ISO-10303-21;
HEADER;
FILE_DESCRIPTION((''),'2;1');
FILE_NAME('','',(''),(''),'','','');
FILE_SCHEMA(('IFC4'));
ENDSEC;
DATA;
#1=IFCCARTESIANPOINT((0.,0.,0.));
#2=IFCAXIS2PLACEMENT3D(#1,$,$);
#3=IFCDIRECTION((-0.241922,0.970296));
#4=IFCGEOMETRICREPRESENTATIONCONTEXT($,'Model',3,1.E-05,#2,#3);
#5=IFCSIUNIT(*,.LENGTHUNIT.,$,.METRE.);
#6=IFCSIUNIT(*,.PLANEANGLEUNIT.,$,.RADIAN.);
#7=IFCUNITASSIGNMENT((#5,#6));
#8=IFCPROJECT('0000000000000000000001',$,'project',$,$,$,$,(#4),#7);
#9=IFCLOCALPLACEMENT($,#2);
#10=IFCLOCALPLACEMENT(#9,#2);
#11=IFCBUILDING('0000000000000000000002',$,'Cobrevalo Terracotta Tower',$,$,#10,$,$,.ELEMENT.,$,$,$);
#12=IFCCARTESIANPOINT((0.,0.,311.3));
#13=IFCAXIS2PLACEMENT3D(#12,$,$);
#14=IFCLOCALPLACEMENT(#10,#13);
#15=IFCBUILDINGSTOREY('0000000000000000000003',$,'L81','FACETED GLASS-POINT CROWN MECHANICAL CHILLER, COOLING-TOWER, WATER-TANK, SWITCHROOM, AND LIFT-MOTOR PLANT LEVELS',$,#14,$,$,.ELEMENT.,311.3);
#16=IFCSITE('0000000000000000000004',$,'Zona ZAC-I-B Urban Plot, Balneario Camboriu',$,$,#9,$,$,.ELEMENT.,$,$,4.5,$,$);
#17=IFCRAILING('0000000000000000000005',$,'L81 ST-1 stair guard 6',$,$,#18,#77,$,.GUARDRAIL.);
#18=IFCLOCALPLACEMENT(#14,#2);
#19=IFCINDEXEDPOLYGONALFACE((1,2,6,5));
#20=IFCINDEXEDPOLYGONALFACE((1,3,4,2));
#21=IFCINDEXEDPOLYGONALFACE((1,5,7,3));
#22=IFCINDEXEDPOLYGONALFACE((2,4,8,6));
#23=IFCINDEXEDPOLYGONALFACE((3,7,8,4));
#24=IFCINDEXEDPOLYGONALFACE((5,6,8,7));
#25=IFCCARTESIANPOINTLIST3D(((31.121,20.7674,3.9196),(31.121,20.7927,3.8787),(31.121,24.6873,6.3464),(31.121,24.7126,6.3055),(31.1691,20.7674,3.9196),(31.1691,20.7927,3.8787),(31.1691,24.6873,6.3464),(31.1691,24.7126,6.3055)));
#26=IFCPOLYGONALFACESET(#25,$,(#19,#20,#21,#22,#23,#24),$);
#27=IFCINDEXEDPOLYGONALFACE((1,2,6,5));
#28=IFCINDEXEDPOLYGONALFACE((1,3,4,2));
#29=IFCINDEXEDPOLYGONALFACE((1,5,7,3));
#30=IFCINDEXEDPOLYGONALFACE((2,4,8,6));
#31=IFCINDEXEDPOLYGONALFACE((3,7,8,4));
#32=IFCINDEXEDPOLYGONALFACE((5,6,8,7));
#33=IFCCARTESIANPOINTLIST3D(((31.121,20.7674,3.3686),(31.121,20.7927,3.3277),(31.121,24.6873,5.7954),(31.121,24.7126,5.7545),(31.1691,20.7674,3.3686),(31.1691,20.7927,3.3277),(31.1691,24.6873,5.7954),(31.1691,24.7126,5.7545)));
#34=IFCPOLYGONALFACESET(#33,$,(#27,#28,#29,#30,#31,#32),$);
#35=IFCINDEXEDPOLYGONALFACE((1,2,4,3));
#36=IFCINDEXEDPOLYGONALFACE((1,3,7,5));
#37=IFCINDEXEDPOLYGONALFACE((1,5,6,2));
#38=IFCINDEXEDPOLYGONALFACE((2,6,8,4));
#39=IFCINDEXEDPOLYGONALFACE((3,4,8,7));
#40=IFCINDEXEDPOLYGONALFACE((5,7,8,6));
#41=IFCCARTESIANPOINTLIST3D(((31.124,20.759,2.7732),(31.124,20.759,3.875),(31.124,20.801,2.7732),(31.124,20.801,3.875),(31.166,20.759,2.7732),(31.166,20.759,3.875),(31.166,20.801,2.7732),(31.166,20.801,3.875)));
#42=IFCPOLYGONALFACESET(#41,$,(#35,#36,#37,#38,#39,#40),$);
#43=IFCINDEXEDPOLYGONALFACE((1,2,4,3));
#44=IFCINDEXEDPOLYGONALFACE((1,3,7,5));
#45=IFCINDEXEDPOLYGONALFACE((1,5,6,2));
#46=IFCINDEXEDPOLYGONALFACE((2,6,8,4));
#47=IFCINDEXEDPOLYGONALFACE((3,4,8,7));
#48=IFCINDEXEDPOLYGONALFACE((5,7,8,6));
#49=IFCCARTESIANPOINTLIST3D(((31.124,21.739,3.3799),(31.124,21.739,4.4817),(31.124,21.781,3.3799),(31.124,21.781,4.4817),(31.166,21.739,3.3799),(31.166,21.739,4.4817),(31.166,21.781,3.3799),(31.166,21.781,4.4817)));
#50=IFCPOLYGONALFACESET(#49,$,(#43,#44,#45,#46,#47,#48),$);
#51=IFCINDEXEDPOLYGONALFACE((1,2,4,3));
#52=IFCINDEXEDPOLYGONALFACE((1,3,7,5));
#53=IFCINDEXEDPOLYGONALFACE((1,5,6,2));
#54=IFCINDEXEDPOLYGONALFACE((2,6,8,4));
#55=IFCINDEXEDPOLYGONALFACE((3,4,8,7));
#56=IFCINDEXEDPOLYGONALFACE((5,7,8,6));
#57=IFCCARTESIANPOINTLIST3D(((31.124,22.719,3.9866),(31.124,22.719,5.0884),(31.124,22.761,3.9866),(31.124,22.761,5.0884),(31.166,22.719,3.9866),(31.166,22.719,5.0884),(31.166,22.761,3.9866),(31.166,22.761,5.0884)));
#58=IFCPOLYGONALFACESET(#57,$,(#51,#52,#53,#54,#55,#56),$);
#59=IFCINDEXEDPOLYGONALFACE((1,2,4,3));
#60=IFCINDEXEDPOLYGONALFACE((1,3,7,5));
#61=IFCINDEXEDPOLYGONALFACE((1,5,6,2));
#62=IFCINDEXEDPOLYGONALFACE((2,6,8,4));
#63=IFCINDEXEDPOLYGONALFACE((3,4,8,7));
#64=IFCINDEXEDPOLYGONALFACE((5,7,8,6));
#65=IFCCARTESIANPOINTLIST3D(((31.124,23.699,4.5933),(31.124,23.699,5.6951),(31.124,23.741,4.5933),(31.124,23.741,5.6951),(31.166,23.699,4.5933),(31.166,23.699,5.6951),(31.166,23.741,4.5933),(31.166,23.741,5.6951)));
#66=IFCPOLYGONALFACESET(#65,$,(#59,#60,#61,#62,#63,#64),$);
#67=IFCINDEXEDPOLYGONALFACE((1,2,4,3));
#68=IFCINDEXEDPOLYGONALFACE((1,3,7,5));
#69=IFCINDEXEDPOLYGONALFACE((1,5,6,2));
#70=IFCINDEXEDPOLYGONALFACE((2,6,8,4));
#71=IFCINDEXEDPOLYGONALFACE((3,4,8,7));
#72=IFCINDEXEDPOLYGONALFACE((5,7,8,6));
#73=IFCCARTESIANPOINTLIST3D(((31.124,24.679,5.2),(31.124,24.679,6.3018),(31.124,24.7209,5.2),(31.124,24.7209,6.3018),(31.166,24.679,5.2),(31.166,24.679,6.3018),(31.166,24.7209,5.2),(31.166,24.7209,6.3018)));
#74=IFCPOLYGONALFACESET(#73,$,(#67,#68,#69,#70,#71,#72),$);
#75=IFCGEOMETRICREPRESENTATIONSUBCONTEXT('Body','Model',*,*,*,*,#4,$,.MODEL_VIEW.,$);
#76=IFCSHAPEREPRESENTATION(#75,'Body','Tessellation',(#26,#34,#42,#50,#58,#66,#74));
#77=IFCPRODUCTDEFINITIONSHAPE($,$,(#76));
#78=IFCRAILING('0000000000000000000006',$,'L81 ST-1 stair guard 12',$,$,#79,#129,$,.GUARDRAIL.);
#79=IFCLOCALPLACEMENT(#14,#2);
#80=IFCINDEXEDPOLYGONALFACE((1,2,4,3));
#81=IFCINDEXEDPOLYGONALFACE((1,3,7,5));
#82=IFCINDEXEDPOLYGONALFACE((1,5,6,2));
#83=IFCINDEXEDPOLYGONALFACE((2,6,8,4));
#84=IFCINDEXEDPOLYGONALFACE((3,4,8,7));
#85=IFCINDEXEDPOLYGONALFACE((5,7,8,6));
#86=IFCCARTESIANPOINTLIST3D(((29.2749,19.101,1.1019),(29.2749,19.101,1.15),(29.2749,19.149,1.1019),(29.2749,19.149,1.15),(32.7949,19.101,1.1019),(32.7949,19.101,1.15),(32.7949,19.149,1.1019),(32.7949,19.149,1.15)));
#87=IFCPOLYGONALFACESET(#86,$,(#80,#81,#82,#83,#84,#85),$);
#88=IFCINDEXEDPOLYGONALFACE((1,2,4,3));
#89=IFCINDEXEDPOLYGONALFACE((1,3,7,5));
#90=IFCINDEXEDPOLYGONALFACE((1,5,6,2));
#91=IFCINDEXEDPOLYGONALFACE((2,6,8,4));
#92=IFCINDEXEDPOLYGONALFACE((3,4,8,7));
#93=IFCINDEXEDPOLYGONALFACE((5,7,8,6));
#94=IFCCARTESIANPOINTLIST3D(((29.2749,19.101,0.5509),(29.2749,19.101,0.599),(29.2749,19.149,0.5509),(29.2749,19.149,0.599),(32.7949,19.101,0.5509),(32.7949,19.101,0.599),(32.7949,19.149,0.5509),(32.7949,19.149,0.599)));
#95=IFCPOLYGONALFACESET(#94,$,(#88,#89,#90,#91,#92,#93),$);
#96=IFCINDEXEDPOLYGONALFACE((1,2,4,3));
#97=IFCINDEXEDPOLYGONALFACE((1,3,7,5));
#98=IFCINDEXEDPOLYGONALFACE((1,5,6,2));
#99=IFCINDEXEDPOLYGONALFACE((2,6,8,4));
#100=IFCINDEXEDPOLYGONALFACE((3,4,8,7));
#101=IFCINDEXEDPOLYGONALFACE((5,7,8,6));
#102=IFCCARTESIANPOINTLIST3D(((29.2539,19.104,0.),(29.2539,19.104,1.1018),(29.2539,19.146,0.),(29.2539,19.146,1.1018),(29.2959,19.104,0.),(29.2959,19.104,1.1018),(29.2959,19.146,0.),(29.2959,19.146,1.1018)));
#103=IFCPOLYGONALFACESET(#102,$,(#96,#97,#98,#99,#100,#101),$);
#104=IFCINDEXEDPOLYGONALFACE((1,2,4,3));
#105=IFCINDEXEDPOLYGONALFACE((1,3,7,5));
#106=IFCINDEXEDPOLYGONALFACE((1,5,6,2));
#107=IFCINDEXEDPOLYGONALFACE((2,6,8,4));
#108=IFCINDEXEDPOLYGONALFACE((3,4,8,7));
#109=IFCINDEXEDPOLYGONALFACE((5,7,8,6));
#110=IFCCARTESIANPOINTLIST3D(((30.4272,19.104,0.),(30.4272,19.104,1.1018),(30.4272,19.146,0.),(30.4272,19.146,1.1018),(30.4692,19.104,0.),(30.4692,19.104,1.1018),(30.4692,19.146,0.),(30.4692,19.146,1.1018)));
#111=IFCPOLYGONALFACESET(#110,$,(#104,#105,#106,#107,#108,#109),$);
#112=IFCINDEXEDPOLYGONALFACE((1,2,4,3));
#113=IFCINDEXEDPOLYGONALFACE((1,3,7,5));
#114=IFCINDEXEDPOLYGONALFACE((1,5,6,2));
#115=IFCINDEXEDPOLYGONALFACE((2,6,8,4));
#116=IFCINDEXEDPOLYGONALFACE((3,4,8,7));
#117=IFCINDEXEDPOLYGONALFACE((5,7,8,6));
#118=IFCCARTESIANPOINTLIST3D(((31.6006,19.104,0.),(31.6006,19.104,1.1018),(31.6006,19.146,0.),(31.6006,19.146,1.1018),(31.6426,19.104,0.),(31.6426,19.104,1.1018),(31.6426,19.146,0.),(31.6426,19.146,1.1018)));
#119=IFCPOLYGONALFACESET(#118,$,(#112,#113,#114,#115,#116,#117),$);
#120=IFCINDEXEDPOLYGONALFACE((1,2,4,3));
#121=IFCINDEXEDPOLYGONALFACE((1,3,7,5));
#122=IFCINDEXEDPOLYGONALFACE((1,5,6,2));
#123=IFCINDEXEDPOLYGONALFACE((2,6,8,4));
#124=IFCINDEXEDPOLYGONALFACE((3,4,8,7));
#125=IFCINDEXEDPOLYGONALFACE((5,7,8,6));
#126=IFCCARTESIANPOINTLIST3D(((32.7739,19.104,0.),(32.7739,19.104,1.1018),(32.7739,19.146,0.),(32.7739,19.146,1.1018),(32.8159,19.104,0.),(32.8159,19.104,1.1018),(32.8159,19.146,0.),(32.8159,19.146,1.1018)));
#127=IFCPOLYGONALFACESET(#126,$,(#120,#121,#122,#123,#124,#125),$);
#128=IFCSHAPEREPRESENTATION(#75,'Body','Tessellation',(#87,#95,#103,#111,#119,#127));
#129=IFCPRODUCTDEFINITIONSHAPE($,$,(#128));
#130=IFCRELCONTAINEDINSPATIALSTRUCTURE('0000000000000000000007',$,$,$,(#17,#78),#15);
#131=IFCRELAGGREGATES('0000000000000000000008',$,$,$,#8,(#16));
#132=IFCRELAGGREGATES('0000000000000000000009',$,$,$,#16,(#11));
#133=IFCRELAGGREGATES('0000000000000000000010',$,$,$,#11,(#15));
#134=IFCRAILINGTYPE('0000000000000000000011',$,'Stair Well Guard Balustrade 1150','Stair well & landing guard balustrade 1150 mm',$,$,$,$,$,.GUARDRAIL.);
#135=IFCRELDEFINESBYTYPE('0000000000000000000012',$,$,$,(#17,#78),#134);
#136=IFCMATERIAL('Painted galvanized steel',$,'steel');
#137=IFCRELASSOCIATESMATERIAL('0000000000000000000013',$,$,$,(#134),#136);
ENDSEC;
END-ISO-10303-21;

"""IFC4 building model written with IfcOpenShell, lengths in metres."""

from ifc_helpers import new_model, si_unit, direction, frame, origin, origin_2d, place, context, subcontext, project, spatial, rectangle, extrude, material, type_object, element, save


model = new_model("IFC4")

# Units and contexts
model_context = context("Model", 3, precision=1e-05, world=origin(), true_north=direction((-0.241922, 0.970296)))
body_context = subcontext(model_context, "Body", "Model", "MODEL_VIEW")
ifc_project = project(units=[si_unit("LENGTHUNIT", "METRE"), si_unit("PLANEANGLEUNIT", "RADIAN")], contexts=[model_context])

# Site, building, storey
site_placement = place(None, origin())
site = spatial("IfcSite", under=ifc_project, at=site_placement, Name="Zona ZAC-I-B Urban Plot, Balneario Camboriu", CompositionType="ELEMENT", RefElevation=4.5)
building_placement = place(site_placement, origin())
building = spatial("IfcBuilding", under=site, at=building_placement, Name="Cobrevalo Terracotta Tower", CompositionType="ELEMENT")
storey_placement = place(building_placement, frame((0.0, 0.0, 311.3)))
storey = spatial("IfcBuildingStorey", under=building, at=storey_placement, Name="L81", Description="FACETED GLASS-POINT CROWN MECHANICAL CHILLER, COOLING-TOWER, WATER-TANK, SWITCHROOM, AND LIFT-MOTOR PLANT LEVELS", CompositionType="ELEMENT", Elevation=311.3)

# Railings
ifc_material_1 = material(Name="Painted galvanized steel", Category="steel")
railing_type_1 = type_object("IfcRailingType", Name="Stair Well Guard Balustrade 1150", Description="Stair well & landing guard balustrade 1150 mm", PredefinedType="GUARDRAIL", material=ifc_material_1)
railing_1_placement = place(storey_placement, frame((31.145, 20.78, 2.7732)))
element("IfcRailing", 1, at=railing_1_placement, inside=storey, type_object=railing_type_1, Name="L81 ST-1 stair guard 6", PredefinedType="GUARDRAIL", context=body_context, shape_type="SweptSolid", body=[
    extrude(rectangle(XDim=0.0481, YDim=0.0481, at=origin_2d()), frame((0.0, 0.0, 1.126), z_axis=(0.0, 0.850252, 0.526376), x_axis=(-1.0, 0.0, 0.0)), (0.0, 0.0, 1.0), 4.6104),
    extrude(rectangle(XDim=0.0481, YDim=0.0481, at=origin_2d()), frame((0.0, 0.0, 0.575), z_axis=(0.0, 0.850252, 0.526376), x_axis=(-1.0, 0.0, 0.0)), (0.0, 0.0, 1.0), 4.6104),
    extrude(rectangle(XDim=0.042, YDim=0.042, at=origin_2d()), origin(), (0.0, 0.0, 1.0), 1.1018),
    extrude(rectangle(XDim=0.042, YDim=0.042, at=origin_2d()), frame((0.0, 0.98, 0.6067)), (0.0, 0.0, 1.0), 1.1018),
    extrude(rectangle(XDim=0.042, YDim=0.042, at=origin_2d()), frame((0.0, 1.96, 1.2134)), (0.0, 0.0, 1.0), 1.1018),
    extrude(rectangle(XDim=0.042, YDim=0.042, at=origin_2d()), frame((0.0, 2.9399, 1.8201)), (0.0, 0.0, 1.0), 1.1018),
    extrude(rectangle(XDim=0.042, YDim=0.042, at=origin_2d()), frame((0.0, 3.9199, 2.4268)), (0.0, 0.0, 1.0), 1.1018),
])
railing_2_placement = place(storey_placement, frame((29.2749, 19.125, 0.0)))
element("IfcRailing", 2, at=railing_2_placement, inside=storey, type_object=railing_type_1, Name="L81 ST-1 stair guard 12", PredefinedType="GUARDRAIL", context=body_context, shape_type="SweptSolid", body=[
    extrude(rectangle(XDim=0.0481, YDim=0.0481, at=origin_2d()), frame((0.0, 0.0, 1.126), z_axis=(1.0, 0.0, 0.0), x_axis=(0.0, 1.0, 0.0)), (0.0, 0.0, 1.0), 3.52),
    extrude(rectangle(XDim=0.0481, YDim=0.0481, at=origin_2d()), frame((0.0, 0.0, 0.575), z_axis=(1.0, 0.0, 0.0), x_axis=(0.0, 1.0, 0.0)), (0.0, 0.0, 1.0), 3.52),
    extrude(rectangle(XDim=0.042, YDim=0.042, at=origin_2d()), origin(), (0.0, 0.0, 1.0), 1.1018),
    extrude(rectangle(XDim=0.042, YDim=0.042, at=origin_2d()), frame((1.1733, 0.0, 0.0)), (0.0, 0.0, 1.0), 1.1018),
    extrude(rectangle(XDim=0.042, YDim=0.042, at=origin_2d()), frame((2.3467, 0.0, 0.0)), (0.0, 0.0, 1.0), 1.1018),
    extrude(rectangle(XDim=0.042, YDim=0.042, at=origin_2d()), frame((3.52, 0.0, 0.0)), (0.0, 0.0, 1.0), 1.1018),
])

save(model, "model.ifc")
